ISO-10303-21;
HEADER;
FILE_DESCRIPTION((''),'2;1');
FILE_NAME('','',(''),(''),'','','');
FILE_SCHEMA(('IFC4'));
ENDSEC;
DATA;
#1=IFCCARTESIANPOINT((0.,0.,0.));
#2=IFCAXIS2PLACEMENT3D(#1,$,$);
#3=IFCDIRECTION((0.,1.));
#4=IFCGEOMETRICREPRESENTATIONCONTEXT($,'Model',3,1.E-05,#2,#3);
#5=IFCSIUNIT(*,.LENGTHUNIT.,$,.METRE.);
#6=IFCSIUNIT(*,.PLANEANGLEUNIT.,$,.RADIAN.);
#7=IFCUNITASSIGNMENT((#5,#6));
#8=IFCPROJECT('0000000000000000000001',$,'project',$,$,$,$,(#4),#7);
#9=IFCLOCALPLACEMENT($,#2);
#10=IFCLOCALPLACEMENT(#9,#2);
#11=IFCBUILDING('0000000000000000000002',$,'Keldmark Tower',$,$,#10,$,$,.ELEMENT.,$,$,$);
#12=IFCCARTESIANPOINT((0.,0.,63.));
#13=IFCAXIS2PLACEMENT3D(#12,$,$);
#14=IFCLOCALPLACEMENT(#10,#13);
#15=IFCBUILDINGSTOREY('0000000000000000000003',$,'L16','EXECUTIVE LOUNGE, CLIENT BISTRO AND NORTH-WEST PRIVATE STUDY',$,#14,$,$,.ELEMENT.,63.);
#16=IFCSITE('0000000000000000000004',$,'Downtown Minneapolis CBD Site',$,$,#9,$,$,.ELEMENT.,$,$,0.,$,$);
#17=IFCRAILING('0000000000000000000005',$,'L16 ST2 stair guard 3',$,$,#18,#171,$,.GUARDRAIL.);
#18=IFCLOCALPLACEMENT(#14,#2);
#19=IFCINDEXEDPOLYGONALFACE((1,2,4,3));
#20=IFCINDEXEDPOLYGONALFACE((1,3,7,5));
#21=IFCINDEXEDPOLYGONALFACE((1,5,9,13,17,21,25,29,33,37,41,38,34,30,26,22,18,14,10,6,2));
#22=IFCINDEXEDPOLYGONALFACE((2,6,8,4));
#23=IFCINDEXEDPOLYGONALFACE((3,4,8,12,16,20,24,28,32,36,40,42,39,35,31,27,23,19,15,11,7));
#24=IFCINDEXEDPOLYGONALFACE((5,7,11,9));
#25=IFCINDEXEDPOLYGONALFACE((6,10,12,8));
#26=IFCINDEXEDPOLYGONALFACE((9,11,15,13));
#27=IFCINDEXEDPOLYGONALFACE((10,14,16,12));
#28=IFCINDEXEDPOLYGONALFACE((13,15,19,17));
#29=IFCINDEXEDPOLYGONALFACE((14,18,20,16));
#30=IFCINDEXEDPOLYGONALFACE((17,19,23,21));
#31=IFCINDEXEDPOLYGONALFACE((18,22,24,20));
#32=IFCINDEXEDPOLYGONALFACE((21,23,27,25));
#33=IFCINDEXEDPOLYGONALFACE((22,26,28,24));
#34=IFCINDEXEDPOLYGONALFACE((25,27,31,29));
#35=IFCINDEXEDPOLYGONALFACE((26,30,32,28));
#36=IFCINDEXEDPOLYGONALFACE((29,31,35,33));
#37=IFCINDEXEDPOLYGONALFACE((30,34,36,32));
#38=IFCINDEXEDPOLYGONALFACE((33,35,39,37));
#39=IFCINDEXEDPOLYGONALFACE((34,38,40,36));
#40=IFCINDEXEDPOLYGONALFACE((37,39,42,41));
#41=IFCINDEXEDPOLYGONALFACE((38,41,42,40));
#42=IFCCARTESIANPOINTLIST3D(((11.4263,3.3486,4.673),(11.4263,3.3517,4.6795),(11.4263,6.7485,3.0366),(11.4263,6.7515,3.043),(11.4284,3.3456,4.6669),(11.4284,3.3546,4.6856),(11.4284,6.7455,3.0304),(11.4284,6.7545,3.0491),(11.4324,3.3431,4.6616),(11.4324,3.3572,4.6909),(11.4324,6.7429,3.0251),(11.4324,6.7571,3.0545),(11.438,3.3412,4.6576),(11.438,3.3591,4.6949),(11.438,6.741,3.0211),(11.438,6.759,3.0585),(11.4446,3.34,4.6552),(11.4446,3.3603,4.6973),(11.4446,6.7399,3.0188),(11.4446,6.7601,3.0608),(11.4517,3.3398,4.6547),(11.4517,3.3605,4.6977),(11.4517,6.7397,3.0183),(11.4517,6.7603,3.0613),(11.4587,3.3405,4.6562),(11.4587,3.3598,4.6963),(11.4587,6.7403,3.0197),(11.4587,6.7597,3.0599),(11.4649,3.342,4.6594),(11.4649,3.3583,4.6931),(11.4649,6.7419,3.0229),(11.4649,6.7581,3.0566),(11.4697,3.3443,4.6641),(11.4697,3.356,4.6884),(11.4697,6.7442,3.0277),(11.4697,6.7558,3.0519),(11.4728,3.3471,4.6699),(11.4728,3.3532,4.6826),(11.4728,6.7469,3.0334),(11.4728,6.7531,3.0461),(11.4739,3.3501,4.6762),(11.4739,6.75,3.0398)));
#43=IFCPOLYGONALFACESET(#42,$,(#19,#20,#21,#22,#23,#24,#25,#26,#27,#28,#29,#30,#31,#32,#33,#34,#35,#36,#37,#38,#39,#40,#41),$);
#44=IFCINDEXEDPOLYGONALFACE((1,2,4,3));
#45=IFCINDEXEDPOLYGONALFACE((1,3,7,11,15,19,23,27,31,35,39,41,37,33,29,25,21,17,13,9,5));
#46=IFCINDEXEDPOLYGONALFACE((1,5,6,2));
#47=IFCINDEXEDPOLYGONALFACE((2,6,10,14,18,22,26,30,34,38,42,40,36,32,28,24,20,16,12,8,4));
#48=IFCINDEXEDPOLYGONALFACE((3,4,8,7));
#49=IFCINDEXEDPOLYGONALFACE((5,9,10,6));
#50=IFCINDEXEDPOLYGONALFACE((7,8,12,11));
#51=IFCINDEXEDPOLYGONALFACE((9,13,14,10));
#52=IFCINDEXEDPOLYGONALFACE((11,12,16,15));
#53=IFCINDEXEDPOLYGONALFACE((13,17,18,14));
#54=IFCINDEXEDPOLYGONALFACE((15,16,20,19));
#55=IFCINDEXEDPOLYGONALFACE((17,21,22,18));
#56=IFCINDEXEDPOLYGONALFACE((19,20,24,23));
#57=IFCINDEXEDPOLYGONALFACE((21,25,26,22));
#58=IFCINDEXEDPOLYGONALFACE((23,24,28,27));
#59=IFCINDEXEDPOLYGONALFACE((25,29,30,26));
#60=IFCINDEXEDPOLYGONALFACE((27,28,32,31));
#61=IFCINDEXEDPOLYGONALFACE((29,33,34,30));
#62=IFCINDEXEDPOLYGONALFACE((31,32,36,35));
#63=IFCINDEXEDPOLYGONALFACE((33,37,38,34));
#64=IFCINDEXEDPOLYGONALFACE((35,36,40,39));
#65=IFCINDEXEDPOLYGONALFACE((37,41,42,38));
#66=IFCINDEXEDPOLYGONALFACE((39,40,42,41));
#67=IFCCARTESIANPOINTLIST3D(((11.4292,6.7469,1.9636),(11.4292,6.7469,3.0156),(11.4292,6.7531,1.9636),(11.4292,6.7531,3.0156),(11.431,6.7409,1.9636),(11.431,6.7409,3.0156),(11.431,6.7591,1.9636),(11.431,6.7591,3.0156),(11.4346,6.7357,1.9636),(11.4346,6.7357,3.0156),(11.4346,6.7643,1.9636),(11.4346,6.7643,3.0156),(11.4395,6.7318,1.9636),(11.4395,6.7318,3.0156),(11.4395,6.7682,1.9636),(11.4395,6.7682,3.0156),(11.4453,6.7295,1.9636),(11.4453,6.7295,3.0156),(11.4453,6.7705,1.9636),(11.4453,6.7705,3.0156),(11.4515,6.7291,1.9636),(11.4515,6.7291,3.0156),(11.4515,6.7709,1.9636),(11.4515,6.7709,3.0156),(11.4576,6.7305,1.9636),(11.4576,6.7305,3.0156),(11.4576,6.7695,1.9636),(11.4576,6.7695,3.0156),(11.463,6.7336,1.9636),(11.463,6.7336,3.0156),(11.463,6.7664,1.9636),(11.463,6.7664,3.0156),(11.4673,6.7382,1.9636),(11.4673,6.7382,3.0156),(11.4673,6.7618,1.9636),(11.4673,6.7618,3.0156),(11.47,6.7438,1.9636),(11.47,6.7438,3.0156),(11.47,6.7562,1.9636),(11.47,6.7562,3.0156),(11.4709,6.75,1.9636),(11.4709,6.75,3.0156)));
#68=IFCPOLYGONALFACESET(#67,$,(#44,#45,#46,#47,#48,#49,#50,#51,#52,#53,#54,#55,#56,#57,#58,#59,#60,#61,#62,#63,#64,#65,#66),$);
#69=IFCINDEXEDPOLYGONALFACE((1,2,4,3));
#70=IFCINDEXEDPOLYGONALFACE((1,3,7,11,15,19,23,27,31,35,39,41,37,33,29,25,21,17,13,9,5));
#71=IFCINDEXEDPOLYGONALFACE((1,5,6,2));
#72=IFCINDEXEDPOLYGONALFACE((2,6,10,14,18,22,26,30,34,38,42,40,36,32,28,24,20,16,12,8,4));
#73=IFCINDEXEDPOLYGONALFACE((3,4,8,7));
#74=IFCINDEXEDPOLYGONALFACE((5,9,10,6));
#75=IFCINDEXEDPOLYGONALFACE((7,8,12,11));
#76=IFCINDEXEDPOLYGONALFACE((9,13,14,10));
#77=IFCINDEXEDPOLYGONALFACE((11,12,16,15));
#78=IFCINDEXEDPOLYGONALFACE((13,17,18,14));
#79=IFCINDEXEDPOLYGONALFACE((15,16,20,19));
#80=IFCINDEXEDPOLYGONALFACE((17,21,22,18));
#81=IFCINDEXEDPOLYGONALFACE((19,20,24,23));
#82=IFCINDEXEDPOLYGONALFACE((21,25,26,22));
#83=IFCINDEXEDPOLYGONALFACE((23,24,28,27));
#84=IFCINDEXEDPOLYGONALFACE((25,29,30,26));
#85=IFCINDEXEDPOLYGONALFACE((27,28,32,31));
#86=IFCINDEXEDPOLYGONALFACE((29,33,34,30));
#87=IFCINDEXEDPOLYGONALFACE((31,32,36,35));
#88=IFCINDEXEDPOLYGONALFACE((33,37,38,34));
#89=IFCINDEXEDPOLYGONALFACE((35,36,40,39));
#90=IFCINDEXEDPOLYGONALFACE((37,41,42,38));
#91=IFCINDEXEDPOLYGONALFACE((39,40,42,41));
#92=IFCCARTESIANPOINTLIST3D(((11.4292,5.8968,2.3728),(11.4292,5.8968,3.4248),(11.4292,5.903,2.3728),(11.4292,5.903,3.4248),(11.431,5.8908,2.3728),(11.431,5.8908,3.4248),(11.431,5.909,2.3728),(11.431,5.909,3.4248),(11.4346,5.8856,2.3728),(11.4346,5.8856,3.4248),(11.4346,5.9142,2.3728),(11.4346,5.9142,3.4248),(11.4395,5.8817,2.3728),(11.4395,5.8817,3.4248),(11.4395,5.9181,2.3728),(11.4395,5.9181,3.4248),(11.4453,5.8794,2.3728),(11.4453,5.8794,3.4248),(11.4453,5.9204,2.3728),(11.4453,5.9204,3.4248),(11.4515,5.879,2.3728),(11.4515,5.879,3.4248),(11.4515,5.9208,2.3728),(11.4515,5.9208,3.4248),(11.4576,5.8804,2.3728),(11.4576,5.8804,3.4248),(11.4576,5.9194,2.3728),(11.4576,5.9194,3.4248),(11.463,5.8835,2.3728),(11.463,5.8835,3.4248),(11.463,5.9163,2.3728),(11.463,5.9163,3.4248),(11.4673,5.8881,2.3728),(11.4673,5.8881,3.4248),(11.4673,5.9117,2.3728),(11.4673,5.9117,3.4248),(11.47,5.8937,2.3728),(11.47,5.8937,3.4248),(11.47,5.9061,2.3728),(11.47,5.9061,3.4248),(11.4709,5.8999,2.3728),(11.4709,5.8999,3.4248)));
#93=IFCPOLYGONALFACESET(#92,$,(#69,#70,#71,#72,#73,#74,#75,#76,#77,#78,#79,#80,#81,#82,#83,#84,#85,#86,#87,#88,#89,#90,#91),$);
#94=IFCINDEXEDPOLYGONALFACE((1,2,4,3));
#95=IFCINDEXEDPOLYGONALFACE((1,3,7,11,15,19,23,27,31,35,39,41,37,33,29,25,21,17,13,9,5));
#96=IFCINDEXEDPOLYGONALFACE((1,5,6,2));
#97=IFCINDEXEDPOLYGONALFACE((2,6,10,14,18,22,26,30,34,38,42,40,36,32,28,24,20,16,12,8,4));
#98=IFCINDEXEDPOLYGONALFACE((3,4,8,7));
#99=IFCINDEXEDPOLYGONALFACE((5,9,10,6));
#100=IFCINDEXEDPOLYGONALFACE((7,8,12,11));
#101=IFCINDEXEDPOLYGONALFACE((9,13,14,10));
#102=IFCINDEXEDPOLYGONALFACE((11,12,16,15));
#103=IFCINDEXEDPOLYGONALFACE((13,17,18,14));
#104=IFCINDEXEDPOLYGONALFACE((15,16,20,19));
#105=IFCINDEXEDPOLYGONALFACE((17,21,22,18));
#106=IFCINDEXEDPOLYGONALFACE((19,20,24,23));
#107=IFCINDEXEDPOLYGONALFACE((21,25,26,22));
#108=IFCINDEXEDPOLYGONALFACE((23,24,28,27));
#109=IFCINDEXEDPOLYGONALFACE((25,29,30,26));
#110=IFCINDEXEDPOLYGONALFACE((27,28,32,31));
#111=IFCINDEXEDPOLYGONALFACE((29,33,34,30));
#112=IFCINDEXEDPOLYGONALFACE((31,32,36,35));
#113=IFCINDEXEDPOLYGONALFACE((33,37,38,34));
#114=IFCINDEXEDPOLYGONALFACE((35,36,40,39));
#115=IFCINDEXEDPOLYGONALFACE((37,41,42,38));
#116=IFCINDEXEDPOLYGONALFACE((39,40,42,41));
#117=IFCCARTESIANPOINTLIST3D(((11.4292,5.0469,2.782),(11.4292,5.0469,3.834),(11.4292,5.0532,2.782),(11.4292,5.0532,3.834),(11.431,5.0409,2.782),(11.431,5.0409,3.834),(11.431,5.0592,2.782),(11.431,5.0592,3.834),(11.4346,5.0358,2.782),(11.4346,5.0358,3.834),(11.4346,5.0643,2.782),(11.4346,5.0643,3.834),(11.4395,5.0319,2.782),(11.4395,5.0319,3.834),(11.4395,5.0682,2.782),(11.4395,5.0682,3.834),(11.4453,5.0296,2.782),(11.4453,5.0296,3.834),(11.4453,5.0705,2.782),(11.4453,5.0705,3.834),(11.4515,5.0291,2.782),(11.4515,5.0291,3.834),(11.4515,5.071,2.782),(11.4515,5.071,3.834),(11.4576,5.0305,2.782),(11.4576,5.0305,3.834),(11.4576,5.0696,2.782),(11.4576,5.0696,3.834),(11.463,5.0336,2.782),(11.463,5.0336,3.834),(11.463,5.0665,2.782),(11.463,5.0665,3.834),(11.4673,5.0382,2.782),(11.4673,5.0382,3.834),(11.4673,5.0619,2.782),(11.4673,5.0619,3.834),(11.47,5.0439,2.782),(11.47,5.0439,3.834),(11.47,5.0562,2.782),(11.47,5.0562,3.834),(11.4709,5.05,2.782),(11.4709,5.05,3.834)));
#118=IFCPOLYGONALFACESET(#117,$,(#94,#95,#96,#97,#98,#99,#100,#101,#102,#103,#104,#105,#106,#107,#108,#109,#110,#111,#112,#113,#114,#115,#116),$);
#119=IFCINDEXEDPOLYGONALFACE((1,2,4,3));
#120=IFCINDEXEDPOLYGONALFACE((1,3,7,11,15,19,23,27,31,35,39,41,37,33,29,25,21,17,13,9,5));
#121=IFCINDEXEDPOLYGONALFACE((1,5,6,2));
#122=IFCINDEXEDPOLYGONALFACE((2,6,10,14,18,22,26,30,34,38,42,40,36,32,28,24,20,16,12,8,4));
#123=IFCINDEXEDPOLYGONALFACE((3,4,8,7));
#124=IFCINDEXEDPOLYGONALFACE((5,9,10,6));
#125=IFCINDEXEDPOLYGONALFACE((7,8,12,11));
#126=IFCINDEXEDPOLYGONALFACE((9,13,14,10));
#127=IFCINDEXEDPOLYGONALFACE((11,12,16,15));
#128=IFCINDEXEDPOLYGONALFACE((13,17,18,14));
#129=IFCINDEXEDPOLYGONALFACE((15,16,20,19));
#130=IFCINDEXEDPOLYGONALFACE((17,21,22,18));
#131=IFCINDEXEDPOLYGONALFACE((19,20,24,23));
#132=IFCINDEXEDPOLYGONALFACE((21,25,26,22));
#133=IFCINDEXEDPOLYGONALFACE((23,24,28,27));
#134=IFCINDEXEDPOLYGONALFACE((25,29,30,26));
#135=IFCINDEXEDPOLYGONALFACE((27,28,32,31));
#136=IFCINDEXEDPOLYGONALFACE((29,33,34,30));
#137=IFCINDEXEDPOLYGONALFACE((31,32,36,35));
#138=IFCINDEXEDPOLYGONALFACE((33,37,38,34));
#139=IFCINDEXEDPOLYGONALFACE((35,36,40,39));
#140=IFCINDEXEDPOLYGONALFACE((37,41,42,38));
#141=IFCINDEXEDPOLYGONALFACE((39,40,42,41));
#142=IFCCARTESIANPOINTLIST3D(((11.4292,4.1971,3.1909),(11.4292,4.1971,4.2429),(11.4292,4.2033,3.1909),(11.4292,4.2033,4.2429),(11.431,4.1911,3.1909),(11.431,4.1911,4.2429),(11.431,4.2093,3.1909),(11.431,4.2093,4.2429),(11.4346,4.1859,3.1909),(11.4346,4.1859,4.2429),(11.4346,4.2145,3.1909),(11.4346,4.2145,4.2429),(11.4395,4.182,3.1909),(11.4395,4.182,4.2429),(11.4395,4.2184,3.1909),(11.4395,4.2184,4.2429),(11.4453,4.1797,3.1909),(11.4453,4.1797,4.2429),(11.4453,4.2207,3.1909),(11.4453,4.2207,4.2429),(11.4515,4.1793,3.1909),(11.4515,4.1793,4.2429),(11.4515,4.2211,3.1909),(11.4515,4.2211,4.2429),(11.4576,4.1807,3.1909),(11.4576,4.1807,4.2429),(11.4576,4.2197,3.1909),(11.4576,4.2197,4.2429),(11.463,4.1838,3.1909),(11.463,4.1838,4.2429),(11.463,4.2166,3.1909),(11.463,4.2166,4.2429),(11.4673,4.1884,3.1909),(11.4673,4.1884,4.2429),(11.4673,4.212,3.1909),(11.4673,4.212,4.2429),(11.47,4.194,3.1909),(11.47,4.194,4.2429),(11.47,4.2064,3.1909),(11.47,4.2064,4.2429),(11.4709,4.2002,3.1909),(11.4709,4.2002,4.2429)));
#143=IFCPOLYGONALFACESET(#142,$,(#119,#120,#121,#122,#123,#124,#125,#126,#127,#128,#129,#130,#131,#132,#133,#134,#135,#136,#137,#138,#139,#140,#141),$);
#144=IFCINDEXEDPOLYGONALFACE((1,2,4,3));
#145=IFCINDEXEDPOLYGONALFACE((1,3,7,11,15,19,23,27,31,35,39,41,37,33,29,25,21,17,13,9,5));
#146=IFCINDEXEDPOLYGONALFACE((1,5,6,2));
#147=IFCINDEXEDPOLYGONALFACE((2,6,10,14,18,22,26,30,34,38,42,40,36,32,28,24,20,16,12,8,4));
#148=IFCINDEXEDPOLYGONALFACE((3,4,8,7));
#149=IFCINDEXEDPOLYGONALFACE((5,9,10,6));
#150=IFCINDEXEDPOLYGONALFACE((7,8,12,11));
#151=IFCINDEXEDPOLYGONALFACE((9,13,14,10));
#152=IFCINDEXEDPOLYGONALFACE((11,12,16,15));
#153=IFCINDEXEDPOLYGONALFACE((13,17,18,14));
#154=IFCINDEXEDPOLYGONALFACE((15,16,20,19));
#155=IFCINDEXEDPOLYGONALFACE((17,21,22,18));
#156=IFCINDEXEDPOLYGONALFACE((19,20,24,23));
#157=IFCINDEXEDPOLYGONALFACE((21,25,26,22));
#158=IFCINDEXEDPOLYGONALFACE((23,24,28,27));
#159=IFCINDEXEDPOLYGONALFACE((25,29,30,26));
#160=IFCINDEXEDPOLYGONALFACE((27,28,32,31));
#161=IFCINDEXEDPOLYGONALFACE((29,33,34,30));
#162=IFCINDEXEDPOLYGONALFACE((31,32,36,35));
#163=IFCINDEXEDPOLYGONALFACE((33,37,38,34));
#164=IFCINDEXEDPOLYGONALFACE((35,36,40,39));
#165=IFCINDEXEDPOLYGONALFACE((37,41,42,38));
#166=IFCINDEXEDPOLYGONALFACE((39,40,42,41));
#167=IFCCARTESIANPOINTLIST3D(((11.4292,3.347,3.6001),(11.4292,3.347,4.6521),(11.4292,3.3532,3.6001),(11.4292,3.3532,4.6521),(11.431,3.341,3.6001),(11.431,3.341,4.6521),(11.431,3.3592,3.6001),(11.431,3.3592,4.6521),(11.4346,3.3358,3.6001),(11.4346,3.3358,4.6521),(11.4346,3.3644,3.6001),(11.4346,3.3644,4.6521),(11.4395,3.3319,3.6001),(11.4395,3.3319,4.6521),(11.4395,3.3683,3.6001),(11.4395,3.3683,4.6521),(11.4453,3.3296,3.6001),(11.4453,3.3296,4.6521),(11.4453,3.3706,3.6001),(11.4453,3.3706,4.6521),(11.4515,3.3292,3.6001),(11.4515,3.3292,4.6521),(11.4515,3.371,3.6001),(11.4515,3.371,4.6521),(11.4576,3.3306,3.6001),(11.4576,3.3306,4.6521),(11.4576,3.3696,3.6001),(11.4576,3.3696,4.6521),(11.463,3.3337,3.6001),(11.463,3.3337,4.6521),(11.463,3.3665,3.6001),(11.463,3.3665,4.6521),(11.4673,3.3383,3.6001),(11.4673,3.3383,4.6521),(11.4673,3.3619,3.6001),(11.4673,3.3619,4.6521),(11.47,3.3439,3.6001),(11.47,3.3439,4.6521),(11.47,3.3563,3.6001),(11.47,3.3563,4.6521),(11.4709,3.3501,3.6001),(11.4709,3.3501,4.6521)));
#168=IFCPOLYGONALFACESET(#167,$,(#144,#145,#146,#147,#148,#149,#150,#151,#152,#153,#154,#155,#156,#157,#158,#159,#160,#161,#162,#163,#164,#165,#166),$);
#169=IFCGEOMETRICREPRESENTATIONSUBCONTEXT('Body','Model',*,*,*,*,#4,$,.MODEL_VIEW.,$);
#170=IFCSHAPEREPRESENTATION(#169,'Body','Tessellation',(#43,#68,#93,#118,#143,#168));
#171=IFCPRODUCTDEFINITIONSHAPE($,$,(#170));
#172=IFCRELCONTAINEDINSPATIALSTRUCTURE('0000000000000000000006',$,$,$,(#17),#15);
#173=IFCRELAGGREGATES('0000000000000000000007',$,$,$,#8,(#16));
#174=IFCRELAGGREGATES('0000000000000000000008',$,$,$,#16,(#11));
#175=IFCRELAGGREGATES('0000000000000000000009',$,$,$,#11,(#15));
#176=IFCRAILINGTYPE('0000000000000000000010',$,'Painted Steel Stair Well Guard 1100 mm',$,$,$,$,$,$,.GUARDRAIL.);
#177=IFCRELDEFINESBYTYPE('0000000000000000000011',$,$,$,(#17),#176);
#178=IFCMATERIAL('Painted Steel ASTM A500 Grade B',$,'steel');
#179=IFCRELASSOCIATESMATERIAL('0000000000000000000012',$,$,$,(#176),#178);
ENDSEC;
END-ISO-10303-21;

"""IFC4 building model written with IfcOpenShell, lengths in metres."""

from ifc_helpers import new_model, si_unit, direction, frame, origin, origin_2d, place, context, subcontext, project, spatial, circle, extrude, material, type_object, element, save


model = new_model("IFC4")

# Units and contexts
model_context = context("Model", 3, precision=1e-05, world=origin(), true_north=direction((0.0, 1.0)))
body_context = subcontext(model_context, "Body", "Model", "MODEL_VIEW")
ifc_project = project(units=[si_unit("LENGTHUNIT", "METRE"), si_unit("PLANEANGLEUNIT", "RADIAN")], contexts=[model_context])

# Site, building, storey
site_placement = place(None, origin())
site = spatial("IfcSite", under=ifc_project, at=site_placement, Name="Downtown Minneapolis CBD Site", CompositionType="ELEMENT", RefElevation=0.0)
building_placement = place(site_placement, origin())
building = spatial("IfcBuilding", under=site, at=building_placement, Name="Keldmark Tower", CompositionType="ELEMENT")
storey_placement = place(building_placement, frame((0.0, 0.0, 63.0)))
storey = spatial("IfcBuildingStorey", under=building, at=storey_placement, Name="L16", Description="EXECUTIVE LOUNGE, CLIENT BISTRO AND NORTH-WEST PRIVATE STUDY", CompositionType="ELEMENT", Elevation=63.0)

# Railing
ifc_material_1 = material(Name="Painted Steel ASTM A500 Grade B", Category="steel")
railing_type_1 = type_object("IfcRailingType", Name="Painted Steel Stair Well Guard 1100 mm", PredefinedType="GUARDRAIL", material=ifc_material_1)
railing_1_placement = place(storey_placement, frame((11.45, 6.75, 1.9636)))
element("IfcRailing", 1, at=railing_1_placement, inside=storey, type_object=railing_type_1, Name="L16 ST2 stair guard 3", PredefinedType="GUARDRAIL", context=body_context, shape_type="SweptSolid", body=[
    extrude(circle(Radius=0.0239, at=origin_2d()), frame((0.0, 0.0, 1.0762), z_axis=(0.0, -0.901055, 0.433705), x_axis=(1.0, 0.0, 0.0)), (0.0, 0.0, 1.0), 3.7732),
    extrude(circle(Radius=0.021, at=origin_2d()), origin(), (0.0, 0.0, 1.0), 1.052),
    extrude(circle(Radius=0.021, at=origin_2d()), frame((0.0, -0.8501, 0.4092)), (0.0, 0.0, 1.0), 1.052),
    extrude(circle(Radius=0.021, at=origin_2d()), frame((0.0, -1.7, 0.8184)), (0.0, 0.0, 1.0), 1.052),
    extrude(circle(Radius=0.021, at=origin_2d()), frame((0.0, -2.5498, 1.2273)), (0.0, 0.0, 1.0), 1.052),
    extrude(circle(Radius=0.021, at=origin_2d()), frame((0.0, -3.3999, 1.6365)), (0.0, 0.0, 1.0), 1.052),
])

save(model, "model.ifc")
